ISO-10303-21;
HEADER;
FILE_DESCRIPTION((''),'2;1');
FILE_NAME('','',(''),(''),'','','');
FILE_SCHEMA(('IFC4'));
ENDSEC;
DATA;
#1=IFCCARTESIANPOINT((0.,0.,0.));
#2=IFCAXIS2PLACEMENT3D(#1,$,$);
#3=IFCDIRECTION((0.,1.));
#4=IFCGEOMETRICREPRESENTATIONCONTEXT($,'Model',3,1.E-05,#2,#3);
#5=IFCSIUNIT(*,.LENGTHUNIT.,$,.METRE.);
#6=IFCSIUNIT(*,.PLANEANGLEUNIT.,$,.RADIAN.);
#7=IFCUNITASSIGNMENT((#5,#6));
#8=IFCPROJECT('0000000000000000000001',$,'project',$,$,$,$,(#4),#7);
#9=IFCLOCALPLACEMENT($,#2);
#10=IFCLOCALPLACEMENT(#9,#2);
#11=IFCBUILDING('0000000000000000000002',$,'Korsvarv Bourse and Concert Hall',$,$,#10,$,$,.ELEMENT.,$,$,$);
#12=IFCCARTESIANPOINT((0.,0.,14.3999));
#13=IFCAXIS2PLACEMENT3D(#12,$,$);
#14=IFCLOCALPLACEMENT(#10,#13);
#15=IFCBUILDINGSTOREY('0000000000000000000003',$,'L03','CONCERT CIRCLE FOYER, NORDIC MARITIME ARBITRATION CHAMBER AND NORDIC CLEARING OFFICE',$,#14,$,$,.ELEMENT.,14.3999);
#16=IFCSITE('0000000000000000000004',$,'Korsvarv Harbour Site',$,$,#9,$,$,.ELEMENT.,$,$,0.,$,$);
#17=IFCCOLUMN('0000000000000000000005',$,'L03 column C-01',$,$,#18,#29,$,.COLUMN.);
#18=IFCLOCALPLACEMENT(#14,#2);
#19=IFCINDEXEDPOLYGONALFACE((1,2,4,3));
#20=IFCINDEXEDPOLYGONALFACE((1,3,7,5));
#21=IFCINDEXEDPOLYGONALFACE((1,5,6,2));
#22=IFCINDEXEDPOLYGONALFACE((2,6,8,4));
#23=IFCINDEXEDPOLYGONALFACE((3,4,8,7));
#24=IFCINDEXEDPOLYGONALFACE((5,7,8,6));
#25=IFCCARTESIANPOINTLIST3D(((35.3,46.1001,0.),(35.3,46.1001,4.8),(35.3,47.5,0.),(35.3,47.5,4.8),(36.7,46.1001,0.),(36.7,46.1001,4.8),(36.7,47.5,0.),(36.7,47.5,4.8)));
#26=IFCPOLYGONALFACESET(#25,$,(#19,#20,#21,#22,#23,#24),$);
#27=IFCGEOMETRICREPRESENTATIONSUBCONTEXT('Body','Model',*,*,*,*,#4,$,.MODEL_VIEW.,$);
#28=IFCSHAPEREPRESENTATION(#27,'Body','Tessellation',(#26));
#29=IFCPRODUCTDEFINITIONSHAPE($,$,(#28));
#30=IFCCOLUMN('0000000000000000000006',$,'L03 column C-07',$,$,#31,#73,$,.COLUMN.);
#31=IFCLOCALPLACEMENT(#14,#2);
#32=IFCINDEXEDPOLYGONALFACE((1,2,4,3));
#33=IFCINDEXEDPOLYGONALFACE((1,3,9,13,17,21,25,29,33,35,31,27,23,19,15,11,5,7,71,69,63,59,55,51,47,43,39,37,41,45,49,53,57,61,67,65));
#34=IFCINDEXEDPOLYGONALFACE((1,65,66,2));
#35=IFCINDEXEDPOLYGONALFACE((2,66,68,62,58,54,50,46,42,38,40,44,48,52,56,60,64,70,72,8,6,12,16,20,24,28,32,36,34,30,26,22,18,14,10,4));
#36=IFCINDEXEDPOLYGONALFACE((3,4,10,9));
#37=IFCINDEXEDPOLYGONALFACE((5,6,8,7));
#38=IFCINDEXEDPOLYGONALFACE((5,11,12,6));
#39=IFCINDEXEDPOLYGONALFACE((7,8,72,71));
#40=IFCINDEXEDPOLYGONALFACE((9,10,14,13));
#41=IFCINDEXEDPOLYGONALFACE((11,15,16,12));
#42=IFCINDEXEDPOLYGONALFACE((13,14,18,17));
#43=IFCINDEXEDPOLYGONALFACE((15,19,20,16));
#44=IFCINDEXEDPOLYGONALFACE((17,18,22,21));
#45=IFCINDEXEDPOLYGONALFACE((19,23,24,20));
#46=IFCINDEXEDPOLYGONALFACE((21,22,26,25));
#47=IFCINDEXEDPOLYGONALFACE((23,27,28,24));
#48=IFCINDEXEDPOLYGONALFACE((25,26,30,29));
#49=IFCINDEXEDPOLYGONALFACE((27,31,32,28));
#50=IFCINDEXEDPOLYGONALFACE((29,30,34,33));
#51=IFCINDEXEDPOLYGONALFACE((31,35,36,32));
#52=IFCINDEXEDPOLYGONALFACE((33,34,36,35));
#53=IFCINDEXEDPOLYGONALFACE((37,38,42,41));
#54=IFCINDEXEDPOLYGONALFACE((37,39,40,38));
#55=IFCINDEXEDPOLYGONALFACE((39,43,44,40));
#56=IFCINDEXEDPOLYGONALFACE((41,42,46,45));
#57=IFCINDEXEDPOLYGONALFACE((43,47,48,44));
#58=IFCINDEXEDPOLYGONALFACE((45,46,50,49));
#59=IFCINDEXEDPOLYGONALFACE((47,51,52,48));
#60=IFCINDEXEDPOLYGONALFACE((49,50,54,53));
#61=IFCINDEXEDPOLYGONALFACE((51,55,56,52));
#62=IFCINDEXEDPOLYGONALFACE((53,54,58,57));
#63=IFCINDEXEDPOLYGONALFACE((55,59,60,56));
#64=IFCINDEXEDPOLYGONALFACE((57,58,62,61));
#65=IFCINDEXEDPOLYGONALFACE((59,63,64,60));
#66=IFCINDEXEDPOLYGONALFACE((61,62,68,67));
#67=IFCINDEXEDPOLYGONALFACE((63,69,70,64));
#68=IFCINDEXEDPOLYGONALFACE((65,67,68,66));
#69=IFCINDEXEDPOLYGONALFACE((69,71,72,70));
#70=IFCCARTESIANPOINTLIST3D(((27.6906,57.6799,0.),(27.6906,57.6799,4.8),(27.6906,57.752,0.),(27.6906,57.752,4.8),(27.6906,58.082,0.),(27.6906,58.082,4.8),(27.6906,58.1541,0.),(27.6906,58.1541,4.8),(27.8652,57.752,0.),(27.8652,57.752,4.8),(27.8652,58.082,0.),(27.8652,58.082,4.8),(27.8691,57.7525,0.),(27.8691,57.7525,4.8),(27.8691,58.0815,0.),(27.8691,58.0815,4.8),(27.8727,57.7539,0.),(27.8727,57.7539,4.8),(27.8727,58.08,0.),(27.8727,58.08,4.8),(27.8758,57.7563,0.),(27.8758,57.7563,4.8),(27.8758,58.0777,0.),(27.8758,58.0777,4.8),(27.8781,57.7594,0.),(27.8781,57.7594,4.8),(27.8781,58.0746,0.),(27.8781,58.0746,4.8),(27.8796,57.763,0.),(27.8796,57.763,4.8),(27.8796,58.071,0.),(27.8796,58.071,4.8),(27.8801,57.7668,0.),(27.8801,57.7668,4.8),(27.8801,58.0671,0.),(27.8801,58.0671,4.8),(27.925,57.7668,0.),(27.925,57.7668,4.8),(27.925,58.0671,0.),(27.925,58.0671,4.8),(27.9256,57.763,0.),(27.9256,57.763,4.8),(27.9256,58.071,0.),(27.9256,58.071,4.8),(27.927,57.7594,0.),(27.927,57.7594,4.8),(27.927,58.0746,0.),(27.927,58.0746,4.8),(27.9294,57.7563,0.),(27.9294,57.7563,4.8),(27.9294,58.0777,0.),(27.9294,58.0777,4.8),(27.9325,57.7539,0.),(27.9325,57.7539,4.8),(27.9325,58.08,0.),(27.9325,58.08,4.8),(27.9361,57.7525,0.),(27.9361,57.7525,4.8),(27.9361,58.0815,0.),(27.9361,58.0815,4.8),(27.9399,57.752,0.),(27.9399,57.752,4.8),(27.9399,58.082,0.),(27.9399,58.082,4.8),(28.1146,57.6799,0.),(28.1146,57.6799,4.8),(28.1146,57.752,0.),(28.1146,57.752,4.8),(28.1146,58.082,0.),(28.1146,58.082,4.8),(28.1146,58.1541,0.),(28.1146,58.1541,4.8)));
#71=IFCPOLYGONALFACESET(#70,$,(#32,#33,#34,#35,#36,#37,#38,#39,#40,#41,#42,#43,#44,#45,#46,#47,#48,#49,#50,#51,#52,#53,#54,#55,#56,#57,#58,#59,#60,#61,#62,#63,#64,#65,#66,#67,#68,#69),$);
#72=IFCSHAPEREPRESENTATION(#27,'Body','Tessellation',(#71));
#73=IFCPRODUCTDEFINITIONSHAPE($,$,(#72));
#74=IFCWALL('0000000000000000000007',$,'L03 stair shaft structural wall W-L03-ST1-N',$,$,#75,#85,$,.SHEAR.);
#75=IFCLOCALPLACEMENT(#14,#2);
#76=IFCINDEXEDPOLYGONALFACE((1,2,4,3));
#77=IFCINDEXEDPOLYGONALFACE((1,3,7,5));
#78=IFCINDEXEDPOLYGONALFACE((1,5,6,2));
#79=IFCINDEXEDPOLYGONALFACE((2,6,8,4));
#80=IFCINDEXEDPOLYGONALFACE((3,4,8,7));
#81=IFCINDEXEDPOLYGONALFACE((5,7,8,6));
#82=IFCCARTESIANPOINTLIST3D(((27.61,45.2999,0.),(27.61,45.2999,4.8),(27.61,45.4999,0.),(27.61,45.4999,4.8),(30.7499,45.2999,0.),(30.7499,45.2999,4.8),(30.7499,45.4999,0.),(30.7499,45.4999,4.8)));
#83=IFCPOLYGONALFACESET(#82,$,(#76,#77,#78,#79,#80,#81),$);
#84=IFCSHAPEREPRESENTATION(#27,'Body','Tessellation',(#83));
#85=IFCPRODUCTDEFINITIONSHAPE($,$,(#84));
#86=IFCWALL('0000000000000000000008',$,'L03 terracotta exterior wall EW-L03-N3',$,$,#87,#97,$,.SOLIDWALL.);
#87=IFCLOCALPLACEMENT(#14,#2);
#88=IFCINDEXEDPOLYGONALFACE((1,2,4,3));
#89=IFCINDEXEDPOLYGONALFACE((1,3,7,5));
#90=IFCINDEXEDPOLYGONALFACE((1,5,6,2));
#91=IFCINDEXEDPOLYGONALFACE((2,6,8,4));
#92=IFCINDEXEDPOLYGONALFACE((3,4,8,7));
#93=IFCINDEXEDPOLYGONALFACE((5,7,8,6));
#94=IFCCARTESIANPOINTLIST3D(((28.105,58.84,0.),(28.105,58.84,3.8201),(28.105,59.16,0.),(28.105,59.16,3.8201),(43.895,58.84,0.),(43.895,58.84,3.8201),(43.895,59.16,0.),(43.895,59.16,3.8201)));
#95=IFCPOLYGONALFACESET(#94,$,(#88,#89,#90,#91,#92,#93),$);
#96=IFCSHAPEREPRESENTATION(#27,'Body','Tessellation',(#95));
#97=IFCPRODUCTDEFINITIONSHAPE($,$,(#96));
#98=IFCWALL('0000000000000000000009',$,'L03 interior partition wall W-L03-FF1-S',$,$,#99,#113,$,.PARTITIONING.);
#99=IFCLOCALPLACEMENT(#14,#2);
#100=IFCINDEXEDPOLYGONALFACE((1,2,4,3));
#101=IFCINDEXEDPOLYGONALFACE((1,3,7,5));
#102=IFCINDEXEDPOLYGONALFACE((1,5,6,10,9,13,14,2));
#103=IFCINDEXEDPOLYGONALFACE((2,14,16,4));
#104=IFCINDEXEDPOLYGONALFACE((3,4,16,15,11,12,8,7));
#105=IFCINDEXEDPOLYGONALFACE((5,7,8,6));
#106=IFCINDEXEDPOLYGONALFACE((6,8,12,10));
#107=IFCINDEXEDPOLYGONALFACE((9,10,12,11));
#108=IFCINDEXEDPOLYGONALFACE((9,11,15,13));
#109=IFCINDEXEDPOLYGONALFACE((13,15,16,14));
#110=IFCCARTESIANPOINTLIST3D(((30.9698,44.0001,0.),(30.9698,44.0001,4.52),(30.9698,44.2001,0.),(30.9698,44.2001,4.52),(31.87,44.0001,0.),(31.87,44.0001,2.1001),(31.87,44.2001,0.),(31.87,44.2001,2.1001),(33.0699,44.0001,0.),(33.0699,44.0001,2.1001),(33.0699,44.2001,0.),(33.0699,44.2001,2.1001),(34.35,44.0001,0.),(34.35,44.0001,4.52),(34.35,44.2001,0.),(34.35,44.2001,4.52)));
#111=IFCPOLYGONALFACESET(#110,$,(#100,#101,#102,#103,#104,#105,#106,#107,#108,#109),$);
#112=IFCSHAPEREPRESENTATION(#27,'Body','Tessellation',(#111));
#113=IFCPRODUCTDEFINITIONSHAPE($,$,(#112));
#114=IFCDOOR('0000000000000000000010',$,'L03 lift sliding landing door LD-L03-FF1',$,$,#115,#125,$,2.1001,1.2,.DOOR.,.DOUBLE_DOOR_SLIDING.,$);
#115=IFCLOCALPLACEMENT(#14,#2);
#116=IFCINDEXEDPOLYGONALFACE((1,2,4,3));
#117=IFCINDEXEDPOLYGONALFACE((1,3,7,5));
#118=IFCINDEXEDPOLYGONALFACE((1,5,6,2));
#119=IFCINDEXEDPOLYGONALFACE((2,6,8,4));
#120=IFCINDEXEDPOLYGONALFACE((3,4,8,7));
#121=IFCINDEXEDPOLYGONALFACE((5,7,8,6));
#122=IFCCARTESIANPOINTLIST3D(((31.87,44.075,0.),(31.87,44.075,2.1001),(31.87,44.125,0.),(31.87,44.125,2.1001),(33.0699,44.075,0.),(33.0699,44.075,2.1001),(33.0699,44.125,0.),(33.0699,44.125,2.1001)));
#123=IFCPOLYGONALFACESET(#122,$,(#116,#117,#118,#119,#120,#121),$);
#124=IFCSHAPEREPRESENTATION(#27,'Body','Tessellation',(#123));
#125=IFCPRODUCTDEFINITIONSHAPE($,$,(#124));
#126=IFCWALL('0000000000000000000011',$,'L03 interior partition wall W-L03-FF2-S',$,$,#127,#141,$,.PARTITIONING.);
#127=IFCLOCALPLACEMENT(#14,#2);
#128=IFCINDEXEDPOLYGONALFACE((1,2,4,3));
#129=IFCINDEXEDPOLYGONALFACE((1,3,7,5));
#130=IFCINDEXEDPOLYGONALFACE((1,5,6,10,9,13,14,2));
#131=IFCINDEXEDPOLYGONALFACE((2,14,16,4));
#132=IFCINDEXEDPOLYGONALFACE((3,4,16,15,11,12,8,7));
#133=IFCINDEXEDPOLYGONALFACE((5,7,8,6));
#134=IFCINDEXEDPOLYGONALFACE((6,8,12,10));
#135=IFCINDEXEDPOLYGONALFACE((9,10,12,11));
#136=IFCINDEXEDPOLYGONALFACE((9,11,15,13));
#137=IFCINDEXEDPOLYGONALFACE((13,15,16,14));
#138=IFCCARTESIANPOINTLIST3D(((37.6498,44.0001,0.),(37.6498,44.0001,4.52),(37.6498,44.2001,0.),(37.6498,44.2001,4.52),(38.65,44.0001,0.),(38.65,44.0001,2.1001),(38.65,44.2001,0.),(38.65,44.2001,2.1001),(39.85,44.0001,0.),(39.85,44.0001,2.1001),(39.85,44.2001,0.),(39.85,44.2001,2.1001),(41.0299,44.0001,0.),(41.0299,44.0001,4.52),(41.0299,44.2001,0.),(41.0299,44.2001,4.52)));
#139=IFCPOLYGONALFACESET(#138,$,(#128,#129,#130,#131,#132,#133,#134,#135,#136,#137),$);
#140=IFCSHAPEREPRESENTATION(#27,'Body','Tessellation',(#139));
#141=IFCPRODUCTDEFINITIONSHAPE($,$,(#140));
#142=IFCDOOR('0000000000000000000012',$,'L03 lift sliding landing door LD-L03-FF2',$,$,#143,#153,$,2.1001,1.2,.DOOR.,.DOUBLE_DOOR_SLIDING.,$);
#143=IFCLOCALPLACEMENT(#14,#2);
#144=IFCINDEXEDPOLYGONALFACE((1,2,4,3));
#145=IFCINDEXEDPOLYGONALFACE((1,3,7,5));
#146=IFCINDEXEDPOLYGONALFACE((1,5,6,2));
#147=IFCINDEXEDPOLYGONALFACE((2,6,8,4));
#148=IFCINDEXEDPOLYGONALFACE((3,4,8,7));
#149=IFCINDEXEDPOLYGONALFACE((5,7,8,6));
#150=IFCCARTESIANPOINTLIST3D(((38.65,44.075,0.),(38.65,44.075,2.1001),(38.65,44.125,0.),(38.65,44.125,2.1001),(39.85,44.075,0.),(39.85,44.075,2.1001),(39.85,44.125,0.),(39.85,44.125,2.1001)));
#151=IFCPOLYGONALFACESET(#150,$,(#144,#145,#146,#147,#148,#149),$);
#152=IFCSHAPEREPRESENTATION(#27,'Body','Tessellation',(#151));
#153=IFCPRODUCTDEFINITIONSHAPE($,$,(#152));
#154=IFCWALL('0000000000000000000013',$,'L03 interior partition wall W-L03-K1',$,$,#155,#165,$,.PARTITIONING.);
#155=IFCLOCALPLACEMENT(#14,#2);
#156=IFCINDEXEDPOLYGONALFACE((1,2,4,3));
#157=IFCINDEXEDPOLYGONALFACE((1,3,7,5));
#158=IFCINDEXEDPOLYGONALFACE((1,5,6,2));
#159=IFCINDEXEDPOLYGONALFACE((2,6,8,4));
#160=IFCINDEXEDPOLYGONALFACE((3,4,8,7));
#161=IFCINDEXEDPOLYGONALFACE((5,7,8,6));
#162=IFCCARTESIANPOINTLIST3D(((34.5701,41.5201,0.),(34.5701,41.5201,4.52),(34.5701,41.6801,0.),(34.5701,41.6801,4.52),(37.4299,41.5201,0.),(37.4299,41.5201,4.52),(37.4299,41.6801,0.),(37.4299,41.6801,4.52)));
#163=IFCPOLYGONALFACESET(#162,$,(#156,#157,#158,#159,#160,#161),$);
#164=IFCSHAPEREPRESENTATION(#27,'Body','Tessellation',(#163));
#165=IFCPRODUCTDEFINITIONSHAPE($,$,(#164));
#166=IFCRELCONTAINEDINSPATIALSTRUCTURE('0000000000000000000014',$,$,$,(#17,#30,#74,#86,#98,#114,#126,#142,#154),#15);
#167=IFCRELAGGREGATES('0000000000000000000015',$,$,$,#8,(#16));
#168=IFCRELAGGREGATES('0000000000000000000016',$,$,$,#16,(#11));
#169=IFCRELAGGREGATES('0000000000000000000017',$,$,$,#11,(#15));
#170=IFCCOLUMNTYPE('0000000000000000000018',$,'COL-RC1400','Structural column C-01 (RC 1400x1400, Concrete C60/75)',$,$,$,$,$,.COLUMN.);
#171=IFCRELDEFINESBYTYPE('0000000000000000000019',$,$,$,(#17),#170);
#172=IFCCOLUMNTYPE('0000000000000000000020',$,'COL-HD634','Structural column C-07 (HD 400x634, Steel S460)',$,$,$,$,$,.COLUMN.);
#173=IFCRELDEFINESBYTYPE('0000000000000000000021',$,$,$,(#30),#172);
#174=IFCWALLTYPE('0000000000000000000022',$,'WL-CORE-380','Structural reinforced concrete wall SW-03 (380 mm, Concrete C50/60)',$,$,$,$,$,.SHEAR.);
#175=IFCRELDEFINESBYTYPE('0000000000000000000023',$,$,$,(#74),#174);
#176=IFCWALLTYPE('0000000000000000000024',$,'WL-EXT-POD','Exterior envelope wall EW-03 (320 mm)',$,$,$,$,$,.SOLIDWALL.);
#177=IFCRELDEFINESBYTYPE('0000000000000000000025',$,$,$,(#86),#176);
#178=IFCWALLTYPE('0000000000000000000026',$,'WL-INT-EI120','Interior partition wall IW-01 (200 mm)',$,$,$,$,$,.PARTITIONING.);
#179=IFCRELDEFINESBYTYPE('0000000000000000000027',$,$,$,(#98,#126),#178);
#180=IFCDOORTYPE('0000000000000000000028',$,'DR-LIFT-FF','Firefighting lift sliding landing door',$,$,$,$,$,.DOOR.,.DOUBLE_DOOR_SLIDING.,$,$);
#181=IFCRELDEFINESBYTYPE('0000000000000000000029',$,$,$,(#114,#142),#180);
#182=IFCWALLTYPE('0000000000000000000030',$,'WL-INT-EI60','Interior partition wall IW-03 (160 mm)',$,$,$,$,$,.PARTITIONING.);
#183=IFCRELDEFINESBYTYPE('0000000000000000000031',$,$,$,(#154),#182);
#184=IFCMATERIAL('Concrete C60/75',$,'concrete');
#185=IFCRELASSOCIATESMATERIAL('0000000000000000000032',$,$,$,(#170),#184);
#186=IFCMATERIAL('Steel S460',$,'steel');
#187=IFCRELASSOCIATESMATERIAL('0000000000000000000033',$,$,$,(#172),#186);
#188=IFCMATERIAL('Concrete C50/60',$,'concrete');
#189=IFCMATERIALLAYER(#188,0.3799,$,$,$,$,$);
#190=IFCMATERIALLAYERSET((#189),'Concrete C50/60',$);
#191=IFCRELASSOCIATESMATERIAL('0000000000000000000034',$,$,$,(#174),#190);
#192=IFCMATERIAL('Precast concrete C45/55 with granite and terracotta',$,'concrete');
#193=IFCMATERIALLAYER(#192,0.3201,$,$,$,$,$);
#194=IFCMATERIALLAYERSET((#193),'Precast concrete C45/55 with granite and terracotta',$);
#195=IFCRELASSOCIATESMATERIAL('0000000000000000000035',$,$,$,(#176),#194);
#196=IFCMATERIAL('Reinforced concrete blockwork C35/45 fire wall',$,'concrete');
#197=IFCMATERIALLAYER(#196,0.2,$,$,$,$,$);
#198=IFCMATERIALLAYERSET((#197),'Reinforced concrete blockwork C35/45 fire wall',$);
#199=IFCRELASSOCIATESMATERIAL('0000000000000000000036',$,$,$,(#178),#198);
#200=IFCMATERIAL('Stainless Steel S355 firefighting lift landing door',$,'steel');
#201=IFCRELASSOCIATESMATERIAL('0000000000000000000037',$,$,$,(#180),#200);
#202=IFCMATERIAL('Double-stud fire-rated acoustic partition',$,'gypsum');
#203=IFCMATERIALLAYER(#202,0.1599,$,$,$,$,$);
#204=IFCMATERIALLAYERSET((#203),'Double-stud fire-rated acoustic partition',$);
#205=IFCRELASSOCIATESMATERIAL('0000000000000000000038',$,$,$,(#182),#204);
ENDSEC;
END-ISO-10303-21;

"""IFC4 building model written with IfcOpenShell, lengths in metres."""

from ifc_helpers import new_model, si_unit, direction, frame, frame_2d, origin, origin_2d, place, context, subcontext, project, spatial, rectangle, i_section, extrude, source, transform, mapped, material, layer, layer_set, material_profile, profile_set, type_object, element, fill, save


model = new_model("IFC4")

# Units and contexts
model_context = context("Model", 3, precision=1e-05, world=origin(), true_north=direction((0.0, 1.0)))
body_context = subcontext(model_context, "Body", "Model", "MODEL_VIEW")
ifc_project = project(units=[si_unit("LENGTHUNIT", "METRE"), si_unit("PLANEANGLEUNIT", "RADIAN")], contexts=[model_context])

# Site, building, storey
site_placement = place(None, origin())
site = spatial("IfcSite", under=ifc_project, at=site_placement, Name="Korsvarv Harbour Site", CompositionType="ELEMENT", RefElevation=0.0)
building_placement = place(site_placement, origin())
building = spatial("IfcBuilding", under=site, at=building_placement, Name="Korsvarv Bourse and Concert Hall", CompositionType="ELEMENT")
storey_placement = place(building_placement, frame((0.0, 0.0, 14.3999)))
storey = spatial("IfcBuildingStorey", under=building, at=storey_placement, Name="L03", Description="CONCERT CIRCLE FOYER, NORDIC MARITIME ARBITRATION CHAMBER AND NORDIC CLEARING OFFICE", CompositionType="ELEMENT", Elevation=14.3999)

# Columns
ifc_material_1 = material(Name="Concrete C60/75", Category="concrete")
ifc_material_profile_1 = material_profile(ifc_material_1, rectangle(XDim=1.3999, YDim=1.3999, at=origin_2d()), Name="RC 1400x1400")
ifc_profile_set_1 = profile_set([ifc_material_profile_1], Name="Concrete C60/75")
column_type_1 = type_object("IfcColumnType", Name="COL-RC1400", Description="Structural column C-01 (RC 1400x1400, Concrete C60/75)", PredefinedType="COLUMN", material=ifc_profile_set_1)
shared_shape_1 = source(origin(), body_context, "Body", "SweptSolid", [
    extrude(rectangle(XDim=1.3999, YDim=1.3999, at=origin_2d()), origin(), (0.0, 0.0, 1.0), 4.8),
])
column_1_placement = place(storey_placement, frame((36.0, 46.8, 0.0), z_axis=(0.0, 0.0, 1.0), x_axis=(1.0, 0.0, 0.0)))
element("IfcColumn", 1, at=column_1_placement, inside=storey, type_object=column_type_1, Name="L03 column C-01", PredefinedType="COLUMN", context=body_context, shape_type="MappedRepresentation", body=[
    mapped(shared_shape_1, transform((0.0, 0.0, 0.0), scale=1.0)),
])
ifc_material_2 = material(Name="Steel S460", Category="steel")
ifc_material_profile_2 = material_profile(ifc_material_2, i_section(OverallWidth=0.4241, OverallDepth=0.4741, WebThickness=0.0449, FlangeThickness=0.072, FilletRadius=0.0149, at=origin_2d()), Name="HD 400x634")
ifc_profile_set_2 = profile_set([ifc_material_profile_2], Name="Steel S460")
column_type_2 = type_object("IfcColumnType", Name="COL-HD634", Description="Structural column C-07 (HD 400x634, Steel S460)", PredefinedType="COLUMN", material=ifc_profile_set_2)
shared_shape_2 = source(origin(), body_context, "Body", "SweptSolid", [
    extrude(i_section(OverallWidth=0.4241, OverallDepth=0.4741, WebThickness=0.0449, FlangeThickness=0.072, FilletRadius=0.0149, at=origin_2d()), origin(), (0.0, 0.0, 1.0), 4.8),
])
column_2_placement = place(storey_placement, frame((27.9026, 57.917, 0.0), z_axis=(0.0, 0.0, 1.0), x_axis=(1.0, 0.0, 0.0)))
element("IfcColumn", 2, at=column_2_placement, inside=storey, type_object=column_type_2, Name="L03 column C-07", PredefinedType="COLUMN", context=body_context, shape_type="MappedRepresentation", body=[
    mapped(shared_shape_2, transform((0.0, 0.0, 0.0), scale=1.0)),
])

# Walls
ifc_material_3 = material(Name="Concrete C50/60", Category="concrete")
ifc_layer_1 = layer(ifc_material_3, 0.3799)
ifc_layer_set_1 = layer_set([ifc_layer_1], Name="Concrete C50/60")
wall_type_1 = type_object("IfcWallType", Name="WL-CORE-380", Description="Structural reinforced concrete wall SW-03 (380 mm, Concrete C50/60)", PredefinedType="SHEAR", material=ifc_layer_set_1)
wall_1_placement = place(storey_placement, frame((27.6101, 45.3999, 0.0), z_axis=(0.0, 0.0, 1.0), x_axis=(1.0, 0.0, 0.0)))
element("IfcWall", 3, at=wall_1_placement, inside=storey, type_object=wall_type_1, Name="L03 stair shaft structural wall W-L03-ST1-N", PredefinedType="SHEAR", context=body_context, shape_type="SweptSolid", body=[
    extrude(rectangle(XDim=3.1399, YDim=0.2, at=frame_2d((1.5698, 0.0))), origin(), (0.0, 0.0, 1.0), 4.8),
])
ifc_material_4 = material(Name="Precast concrete C45/55 with granite and terracotta", Category="concrete")
ifc_layer_2 = layer(ifc_material_4, 0.3201)
ifc_layer_set_2 = layer_set([ifc_layer_2], Name="Precast concrete C45/55 with granite and terracotta")
wall_type_2 = type_object("IfcWallType", Name="WL-EXT-POD", Description="Exterior envelope wall EW-03 (320 mm)", PredefinedType="SOLIDWALL", material=ifc_layer_set_2)
wall_2_placement = place(storey_placement, frame((28.105, 59.0, 0.0), z_axis=(0.0, 0.0, 1.0), x_axis=(1.0, 0.0, 0.0)))
element("IfcWall", 4, at=wall_2_placement, inside=storey, type_object=wall_type_2, Name="L03 terracotta exterior wall EW-L03-N3", PredefinedType="SOLIDWALL", context=body_context, shape_type="SweptSolid", body=[
    extrude(rectangle(XDim=15.79, YDim=0.3201, at=frame_2d((7.895, 0.0))), origin(), (0.0, 0.0, 1.0), 3.8201),
])

# Walls, openings, doors
ifc_material_5 = material(Name="Reinforced concrete blockwork C35/45 fire wall", Category="concrete")
ifc_layer_3 = layer(ifc_material_5, 0.2)
ifc_layer_set_3 = layer_set([ifc_layer_3], Name="Reinforced concrete blockwork C35/45 fire wall")
wall_type_3 = type_object("IfcWallType", Name="WL-INT-EI120", Description="Interior partition wall IW-01 (200 mm)", PredefinedType="PARTITIONING", material=ifc_layer_set_3)
wall_3_placement = place(storey_placement, frame((30.97, 44.1001, 0.0), z_axis=(0.0, 0.0, 1.0), x_axis=(1.0, 0.0, 0.0)))
wall_3 = element("IfcWall", 5, at=wall_3_placement, inside=storey, type_object=wall_type_3, Name="L03 interior partition wall W-L03-FF1-S", PredefinedType="PARTITIONING", context=body_context, shape_type="SweptSolid", body=[
    extrude(rectangle(XDim=3.3801, YDim=0.2, at=frame_2d((1.6899, 0.0))), origin(), (0.0, 0.0, 1.0), 4.52),
])
opening_1_placement = place(wall_3_placement, frame((0.8999, 0.0, 0.0)))
opening_1 = element("IfcOpeningElement", 6, at=opening_1_placement, cuts=wall_3, PredefinedType="OPENING", context=body_context, shape_type="SweptSolid", body=[
    extrude(rectangle(XDim=1.2, YDim=2.1001, at=frame_2d((0.6001, 1.05))), frame((0.0, 0.1099, 0.0), z_axis=(0.0, -1.0, 0.0), x_axis=(1.0, 0.0, 0.0)), (0.0, 0.0, 1.0), 0.22),
])
ifc_material_6 = material(Name="Stainless Steel S355 firefighting lift landing door", Category="steel")
door_type = type_object("IfcDoorType", Name="DR-LIFT-FF", Description="Firefighting lift sliding landing door", OperationType="DOUBLE_DOOR_SLIDING", PredefinedType="DOOR", material=ifc_material_6)
door_1_placement = place(opening_1_placement, origin())
door_1 = element("IfcDoor", 7, at=door_1_placement, inside=storey, type_object=door_type, Name="L03 lift sliding landing door LD-L03-FF1", OperationType="DOUBLE_DOOR_SLIDING", OverallHeight=2.1001, OverallWidth=1.2, PredefinedType="DOOR", context=body_context, shape_type="SweptSolid", body=[
    extrude(rectangle(XDim=1.2, YDim=2.1001, at=frame_2d((0.6001, 1.05))), frame((0.0, 0.0249, 0.0), z_axis=(0.0, -1.0, 0.0), x_axis=(1.0, 0.0, 0.0)), (0.0, 0.0, 1.0), 0.05),
])
fill(opening_1, door_1)
wall_4_placement = place(storey_placement, frame((37.6499, 44.1001, 0.0), z_axis=(0.0, 0.0, 1.0), x_axis=(1.0, 0.0, 0.0)))
wall_4 = element("IfcWall", 8, at=wall_4_placement, inside=storey, type_object=wall_type_3, Name="L03 interior partition wall W-L03-FF2-S", PredefinedType="PARTITIONING", context=body_context, shape_type="SweptSolid", body=[
    extrude(rectangle(XDim=3.3801, YDim=0.2, at=frame_2d((1.6899, 0.0))), origin(), (0.0, 0.0, 1.0), 4.52),
])
opening_2_placement = place(wall_4_placement, frame((1.0, 0.0, 0.0)))
opening_2 = element("IfcOpeningElement", 9, at=opening_2_placement, cuts=wall_4, PredefinedType="OPENING", context=body_context, shape_type="SweptSolid", body=[
    extrude(rectangle(XDim=1.2, YDim=2.1001, at=frame_2d((0.6001, 1.05))), frame((0.0, 0.1099, 0.0), z_axis=(0.0, -1.0, 0.0), x_axis=(1.0, 0.0, 0.0)), (0.0, 0.0, 1.0), 0.22),
])
door_2_placement = place(opening_2_placement, origin())
door_2 = element("IfcDoor", 10, at=door_2_placement, inside=storey, type_object=door_type, Name="L03 lift sliding landing door LD-L03-FF2", OperationType="DOUBLE_DOOR_SLIDING", OverallHeight=2.1001, OverallWidth=1.2, PredefinedType="DOOR", context=body_context, shape_type="SweptSolid", body=[
    extrude(rectangle(XDim=1.2, YDim=2.1001, at=frame_2d((0.6001, 1.05))), frame((0.0, 0.0249, 0.0), z_axis=(0.0, -1.0, 0.0), x_axis=(1.0, 0.0, 0.0)), (0.0, 0.0, 1.0), 0.05),
])
fill(opening_2, door_2)

# Wall
ifc_material_7 = material(Name="Double-stud fire-rated acoustic partition", Category="gypsum")
ifc_layer_4 = layer(ifc_material_7, 0.1599)
ifc_layer_set_4 = layer_set([ifc_layer_4], Name="Double-stud fire-rated acoustic partition")
wall_type_4 = type_object("IfcWallType", Name="WL-INT-EI60", Description="Interior partition wall IW-03 (160 mm)", PredefinedType="PARTITIONING", material=ifc_layer_set_4)
wall_5_placement = place(storey_placement, frame((34.5701, 41.6001, 0.0), z_axis=(0.0, 0.0, 1.0), x_axis=(1.0, 0.0, 0.0)))
element("IfcWall", 11, at=wall_5_placement, inside=storey, type_object=wall_type_4, Name="L03 interior partition wall W-L03-K1", PredefinedType="PARTITIONING", context=body_context, shape_type="SweptSolid", body=[
    extrude(rectangle(XDim=2.8599, YDim=0.1599, at=frame_2d((1.4299, 0.0))), origin(), (0.0, 0.0, 1.0), 4.52),
])

save(model, "model.ifc")
